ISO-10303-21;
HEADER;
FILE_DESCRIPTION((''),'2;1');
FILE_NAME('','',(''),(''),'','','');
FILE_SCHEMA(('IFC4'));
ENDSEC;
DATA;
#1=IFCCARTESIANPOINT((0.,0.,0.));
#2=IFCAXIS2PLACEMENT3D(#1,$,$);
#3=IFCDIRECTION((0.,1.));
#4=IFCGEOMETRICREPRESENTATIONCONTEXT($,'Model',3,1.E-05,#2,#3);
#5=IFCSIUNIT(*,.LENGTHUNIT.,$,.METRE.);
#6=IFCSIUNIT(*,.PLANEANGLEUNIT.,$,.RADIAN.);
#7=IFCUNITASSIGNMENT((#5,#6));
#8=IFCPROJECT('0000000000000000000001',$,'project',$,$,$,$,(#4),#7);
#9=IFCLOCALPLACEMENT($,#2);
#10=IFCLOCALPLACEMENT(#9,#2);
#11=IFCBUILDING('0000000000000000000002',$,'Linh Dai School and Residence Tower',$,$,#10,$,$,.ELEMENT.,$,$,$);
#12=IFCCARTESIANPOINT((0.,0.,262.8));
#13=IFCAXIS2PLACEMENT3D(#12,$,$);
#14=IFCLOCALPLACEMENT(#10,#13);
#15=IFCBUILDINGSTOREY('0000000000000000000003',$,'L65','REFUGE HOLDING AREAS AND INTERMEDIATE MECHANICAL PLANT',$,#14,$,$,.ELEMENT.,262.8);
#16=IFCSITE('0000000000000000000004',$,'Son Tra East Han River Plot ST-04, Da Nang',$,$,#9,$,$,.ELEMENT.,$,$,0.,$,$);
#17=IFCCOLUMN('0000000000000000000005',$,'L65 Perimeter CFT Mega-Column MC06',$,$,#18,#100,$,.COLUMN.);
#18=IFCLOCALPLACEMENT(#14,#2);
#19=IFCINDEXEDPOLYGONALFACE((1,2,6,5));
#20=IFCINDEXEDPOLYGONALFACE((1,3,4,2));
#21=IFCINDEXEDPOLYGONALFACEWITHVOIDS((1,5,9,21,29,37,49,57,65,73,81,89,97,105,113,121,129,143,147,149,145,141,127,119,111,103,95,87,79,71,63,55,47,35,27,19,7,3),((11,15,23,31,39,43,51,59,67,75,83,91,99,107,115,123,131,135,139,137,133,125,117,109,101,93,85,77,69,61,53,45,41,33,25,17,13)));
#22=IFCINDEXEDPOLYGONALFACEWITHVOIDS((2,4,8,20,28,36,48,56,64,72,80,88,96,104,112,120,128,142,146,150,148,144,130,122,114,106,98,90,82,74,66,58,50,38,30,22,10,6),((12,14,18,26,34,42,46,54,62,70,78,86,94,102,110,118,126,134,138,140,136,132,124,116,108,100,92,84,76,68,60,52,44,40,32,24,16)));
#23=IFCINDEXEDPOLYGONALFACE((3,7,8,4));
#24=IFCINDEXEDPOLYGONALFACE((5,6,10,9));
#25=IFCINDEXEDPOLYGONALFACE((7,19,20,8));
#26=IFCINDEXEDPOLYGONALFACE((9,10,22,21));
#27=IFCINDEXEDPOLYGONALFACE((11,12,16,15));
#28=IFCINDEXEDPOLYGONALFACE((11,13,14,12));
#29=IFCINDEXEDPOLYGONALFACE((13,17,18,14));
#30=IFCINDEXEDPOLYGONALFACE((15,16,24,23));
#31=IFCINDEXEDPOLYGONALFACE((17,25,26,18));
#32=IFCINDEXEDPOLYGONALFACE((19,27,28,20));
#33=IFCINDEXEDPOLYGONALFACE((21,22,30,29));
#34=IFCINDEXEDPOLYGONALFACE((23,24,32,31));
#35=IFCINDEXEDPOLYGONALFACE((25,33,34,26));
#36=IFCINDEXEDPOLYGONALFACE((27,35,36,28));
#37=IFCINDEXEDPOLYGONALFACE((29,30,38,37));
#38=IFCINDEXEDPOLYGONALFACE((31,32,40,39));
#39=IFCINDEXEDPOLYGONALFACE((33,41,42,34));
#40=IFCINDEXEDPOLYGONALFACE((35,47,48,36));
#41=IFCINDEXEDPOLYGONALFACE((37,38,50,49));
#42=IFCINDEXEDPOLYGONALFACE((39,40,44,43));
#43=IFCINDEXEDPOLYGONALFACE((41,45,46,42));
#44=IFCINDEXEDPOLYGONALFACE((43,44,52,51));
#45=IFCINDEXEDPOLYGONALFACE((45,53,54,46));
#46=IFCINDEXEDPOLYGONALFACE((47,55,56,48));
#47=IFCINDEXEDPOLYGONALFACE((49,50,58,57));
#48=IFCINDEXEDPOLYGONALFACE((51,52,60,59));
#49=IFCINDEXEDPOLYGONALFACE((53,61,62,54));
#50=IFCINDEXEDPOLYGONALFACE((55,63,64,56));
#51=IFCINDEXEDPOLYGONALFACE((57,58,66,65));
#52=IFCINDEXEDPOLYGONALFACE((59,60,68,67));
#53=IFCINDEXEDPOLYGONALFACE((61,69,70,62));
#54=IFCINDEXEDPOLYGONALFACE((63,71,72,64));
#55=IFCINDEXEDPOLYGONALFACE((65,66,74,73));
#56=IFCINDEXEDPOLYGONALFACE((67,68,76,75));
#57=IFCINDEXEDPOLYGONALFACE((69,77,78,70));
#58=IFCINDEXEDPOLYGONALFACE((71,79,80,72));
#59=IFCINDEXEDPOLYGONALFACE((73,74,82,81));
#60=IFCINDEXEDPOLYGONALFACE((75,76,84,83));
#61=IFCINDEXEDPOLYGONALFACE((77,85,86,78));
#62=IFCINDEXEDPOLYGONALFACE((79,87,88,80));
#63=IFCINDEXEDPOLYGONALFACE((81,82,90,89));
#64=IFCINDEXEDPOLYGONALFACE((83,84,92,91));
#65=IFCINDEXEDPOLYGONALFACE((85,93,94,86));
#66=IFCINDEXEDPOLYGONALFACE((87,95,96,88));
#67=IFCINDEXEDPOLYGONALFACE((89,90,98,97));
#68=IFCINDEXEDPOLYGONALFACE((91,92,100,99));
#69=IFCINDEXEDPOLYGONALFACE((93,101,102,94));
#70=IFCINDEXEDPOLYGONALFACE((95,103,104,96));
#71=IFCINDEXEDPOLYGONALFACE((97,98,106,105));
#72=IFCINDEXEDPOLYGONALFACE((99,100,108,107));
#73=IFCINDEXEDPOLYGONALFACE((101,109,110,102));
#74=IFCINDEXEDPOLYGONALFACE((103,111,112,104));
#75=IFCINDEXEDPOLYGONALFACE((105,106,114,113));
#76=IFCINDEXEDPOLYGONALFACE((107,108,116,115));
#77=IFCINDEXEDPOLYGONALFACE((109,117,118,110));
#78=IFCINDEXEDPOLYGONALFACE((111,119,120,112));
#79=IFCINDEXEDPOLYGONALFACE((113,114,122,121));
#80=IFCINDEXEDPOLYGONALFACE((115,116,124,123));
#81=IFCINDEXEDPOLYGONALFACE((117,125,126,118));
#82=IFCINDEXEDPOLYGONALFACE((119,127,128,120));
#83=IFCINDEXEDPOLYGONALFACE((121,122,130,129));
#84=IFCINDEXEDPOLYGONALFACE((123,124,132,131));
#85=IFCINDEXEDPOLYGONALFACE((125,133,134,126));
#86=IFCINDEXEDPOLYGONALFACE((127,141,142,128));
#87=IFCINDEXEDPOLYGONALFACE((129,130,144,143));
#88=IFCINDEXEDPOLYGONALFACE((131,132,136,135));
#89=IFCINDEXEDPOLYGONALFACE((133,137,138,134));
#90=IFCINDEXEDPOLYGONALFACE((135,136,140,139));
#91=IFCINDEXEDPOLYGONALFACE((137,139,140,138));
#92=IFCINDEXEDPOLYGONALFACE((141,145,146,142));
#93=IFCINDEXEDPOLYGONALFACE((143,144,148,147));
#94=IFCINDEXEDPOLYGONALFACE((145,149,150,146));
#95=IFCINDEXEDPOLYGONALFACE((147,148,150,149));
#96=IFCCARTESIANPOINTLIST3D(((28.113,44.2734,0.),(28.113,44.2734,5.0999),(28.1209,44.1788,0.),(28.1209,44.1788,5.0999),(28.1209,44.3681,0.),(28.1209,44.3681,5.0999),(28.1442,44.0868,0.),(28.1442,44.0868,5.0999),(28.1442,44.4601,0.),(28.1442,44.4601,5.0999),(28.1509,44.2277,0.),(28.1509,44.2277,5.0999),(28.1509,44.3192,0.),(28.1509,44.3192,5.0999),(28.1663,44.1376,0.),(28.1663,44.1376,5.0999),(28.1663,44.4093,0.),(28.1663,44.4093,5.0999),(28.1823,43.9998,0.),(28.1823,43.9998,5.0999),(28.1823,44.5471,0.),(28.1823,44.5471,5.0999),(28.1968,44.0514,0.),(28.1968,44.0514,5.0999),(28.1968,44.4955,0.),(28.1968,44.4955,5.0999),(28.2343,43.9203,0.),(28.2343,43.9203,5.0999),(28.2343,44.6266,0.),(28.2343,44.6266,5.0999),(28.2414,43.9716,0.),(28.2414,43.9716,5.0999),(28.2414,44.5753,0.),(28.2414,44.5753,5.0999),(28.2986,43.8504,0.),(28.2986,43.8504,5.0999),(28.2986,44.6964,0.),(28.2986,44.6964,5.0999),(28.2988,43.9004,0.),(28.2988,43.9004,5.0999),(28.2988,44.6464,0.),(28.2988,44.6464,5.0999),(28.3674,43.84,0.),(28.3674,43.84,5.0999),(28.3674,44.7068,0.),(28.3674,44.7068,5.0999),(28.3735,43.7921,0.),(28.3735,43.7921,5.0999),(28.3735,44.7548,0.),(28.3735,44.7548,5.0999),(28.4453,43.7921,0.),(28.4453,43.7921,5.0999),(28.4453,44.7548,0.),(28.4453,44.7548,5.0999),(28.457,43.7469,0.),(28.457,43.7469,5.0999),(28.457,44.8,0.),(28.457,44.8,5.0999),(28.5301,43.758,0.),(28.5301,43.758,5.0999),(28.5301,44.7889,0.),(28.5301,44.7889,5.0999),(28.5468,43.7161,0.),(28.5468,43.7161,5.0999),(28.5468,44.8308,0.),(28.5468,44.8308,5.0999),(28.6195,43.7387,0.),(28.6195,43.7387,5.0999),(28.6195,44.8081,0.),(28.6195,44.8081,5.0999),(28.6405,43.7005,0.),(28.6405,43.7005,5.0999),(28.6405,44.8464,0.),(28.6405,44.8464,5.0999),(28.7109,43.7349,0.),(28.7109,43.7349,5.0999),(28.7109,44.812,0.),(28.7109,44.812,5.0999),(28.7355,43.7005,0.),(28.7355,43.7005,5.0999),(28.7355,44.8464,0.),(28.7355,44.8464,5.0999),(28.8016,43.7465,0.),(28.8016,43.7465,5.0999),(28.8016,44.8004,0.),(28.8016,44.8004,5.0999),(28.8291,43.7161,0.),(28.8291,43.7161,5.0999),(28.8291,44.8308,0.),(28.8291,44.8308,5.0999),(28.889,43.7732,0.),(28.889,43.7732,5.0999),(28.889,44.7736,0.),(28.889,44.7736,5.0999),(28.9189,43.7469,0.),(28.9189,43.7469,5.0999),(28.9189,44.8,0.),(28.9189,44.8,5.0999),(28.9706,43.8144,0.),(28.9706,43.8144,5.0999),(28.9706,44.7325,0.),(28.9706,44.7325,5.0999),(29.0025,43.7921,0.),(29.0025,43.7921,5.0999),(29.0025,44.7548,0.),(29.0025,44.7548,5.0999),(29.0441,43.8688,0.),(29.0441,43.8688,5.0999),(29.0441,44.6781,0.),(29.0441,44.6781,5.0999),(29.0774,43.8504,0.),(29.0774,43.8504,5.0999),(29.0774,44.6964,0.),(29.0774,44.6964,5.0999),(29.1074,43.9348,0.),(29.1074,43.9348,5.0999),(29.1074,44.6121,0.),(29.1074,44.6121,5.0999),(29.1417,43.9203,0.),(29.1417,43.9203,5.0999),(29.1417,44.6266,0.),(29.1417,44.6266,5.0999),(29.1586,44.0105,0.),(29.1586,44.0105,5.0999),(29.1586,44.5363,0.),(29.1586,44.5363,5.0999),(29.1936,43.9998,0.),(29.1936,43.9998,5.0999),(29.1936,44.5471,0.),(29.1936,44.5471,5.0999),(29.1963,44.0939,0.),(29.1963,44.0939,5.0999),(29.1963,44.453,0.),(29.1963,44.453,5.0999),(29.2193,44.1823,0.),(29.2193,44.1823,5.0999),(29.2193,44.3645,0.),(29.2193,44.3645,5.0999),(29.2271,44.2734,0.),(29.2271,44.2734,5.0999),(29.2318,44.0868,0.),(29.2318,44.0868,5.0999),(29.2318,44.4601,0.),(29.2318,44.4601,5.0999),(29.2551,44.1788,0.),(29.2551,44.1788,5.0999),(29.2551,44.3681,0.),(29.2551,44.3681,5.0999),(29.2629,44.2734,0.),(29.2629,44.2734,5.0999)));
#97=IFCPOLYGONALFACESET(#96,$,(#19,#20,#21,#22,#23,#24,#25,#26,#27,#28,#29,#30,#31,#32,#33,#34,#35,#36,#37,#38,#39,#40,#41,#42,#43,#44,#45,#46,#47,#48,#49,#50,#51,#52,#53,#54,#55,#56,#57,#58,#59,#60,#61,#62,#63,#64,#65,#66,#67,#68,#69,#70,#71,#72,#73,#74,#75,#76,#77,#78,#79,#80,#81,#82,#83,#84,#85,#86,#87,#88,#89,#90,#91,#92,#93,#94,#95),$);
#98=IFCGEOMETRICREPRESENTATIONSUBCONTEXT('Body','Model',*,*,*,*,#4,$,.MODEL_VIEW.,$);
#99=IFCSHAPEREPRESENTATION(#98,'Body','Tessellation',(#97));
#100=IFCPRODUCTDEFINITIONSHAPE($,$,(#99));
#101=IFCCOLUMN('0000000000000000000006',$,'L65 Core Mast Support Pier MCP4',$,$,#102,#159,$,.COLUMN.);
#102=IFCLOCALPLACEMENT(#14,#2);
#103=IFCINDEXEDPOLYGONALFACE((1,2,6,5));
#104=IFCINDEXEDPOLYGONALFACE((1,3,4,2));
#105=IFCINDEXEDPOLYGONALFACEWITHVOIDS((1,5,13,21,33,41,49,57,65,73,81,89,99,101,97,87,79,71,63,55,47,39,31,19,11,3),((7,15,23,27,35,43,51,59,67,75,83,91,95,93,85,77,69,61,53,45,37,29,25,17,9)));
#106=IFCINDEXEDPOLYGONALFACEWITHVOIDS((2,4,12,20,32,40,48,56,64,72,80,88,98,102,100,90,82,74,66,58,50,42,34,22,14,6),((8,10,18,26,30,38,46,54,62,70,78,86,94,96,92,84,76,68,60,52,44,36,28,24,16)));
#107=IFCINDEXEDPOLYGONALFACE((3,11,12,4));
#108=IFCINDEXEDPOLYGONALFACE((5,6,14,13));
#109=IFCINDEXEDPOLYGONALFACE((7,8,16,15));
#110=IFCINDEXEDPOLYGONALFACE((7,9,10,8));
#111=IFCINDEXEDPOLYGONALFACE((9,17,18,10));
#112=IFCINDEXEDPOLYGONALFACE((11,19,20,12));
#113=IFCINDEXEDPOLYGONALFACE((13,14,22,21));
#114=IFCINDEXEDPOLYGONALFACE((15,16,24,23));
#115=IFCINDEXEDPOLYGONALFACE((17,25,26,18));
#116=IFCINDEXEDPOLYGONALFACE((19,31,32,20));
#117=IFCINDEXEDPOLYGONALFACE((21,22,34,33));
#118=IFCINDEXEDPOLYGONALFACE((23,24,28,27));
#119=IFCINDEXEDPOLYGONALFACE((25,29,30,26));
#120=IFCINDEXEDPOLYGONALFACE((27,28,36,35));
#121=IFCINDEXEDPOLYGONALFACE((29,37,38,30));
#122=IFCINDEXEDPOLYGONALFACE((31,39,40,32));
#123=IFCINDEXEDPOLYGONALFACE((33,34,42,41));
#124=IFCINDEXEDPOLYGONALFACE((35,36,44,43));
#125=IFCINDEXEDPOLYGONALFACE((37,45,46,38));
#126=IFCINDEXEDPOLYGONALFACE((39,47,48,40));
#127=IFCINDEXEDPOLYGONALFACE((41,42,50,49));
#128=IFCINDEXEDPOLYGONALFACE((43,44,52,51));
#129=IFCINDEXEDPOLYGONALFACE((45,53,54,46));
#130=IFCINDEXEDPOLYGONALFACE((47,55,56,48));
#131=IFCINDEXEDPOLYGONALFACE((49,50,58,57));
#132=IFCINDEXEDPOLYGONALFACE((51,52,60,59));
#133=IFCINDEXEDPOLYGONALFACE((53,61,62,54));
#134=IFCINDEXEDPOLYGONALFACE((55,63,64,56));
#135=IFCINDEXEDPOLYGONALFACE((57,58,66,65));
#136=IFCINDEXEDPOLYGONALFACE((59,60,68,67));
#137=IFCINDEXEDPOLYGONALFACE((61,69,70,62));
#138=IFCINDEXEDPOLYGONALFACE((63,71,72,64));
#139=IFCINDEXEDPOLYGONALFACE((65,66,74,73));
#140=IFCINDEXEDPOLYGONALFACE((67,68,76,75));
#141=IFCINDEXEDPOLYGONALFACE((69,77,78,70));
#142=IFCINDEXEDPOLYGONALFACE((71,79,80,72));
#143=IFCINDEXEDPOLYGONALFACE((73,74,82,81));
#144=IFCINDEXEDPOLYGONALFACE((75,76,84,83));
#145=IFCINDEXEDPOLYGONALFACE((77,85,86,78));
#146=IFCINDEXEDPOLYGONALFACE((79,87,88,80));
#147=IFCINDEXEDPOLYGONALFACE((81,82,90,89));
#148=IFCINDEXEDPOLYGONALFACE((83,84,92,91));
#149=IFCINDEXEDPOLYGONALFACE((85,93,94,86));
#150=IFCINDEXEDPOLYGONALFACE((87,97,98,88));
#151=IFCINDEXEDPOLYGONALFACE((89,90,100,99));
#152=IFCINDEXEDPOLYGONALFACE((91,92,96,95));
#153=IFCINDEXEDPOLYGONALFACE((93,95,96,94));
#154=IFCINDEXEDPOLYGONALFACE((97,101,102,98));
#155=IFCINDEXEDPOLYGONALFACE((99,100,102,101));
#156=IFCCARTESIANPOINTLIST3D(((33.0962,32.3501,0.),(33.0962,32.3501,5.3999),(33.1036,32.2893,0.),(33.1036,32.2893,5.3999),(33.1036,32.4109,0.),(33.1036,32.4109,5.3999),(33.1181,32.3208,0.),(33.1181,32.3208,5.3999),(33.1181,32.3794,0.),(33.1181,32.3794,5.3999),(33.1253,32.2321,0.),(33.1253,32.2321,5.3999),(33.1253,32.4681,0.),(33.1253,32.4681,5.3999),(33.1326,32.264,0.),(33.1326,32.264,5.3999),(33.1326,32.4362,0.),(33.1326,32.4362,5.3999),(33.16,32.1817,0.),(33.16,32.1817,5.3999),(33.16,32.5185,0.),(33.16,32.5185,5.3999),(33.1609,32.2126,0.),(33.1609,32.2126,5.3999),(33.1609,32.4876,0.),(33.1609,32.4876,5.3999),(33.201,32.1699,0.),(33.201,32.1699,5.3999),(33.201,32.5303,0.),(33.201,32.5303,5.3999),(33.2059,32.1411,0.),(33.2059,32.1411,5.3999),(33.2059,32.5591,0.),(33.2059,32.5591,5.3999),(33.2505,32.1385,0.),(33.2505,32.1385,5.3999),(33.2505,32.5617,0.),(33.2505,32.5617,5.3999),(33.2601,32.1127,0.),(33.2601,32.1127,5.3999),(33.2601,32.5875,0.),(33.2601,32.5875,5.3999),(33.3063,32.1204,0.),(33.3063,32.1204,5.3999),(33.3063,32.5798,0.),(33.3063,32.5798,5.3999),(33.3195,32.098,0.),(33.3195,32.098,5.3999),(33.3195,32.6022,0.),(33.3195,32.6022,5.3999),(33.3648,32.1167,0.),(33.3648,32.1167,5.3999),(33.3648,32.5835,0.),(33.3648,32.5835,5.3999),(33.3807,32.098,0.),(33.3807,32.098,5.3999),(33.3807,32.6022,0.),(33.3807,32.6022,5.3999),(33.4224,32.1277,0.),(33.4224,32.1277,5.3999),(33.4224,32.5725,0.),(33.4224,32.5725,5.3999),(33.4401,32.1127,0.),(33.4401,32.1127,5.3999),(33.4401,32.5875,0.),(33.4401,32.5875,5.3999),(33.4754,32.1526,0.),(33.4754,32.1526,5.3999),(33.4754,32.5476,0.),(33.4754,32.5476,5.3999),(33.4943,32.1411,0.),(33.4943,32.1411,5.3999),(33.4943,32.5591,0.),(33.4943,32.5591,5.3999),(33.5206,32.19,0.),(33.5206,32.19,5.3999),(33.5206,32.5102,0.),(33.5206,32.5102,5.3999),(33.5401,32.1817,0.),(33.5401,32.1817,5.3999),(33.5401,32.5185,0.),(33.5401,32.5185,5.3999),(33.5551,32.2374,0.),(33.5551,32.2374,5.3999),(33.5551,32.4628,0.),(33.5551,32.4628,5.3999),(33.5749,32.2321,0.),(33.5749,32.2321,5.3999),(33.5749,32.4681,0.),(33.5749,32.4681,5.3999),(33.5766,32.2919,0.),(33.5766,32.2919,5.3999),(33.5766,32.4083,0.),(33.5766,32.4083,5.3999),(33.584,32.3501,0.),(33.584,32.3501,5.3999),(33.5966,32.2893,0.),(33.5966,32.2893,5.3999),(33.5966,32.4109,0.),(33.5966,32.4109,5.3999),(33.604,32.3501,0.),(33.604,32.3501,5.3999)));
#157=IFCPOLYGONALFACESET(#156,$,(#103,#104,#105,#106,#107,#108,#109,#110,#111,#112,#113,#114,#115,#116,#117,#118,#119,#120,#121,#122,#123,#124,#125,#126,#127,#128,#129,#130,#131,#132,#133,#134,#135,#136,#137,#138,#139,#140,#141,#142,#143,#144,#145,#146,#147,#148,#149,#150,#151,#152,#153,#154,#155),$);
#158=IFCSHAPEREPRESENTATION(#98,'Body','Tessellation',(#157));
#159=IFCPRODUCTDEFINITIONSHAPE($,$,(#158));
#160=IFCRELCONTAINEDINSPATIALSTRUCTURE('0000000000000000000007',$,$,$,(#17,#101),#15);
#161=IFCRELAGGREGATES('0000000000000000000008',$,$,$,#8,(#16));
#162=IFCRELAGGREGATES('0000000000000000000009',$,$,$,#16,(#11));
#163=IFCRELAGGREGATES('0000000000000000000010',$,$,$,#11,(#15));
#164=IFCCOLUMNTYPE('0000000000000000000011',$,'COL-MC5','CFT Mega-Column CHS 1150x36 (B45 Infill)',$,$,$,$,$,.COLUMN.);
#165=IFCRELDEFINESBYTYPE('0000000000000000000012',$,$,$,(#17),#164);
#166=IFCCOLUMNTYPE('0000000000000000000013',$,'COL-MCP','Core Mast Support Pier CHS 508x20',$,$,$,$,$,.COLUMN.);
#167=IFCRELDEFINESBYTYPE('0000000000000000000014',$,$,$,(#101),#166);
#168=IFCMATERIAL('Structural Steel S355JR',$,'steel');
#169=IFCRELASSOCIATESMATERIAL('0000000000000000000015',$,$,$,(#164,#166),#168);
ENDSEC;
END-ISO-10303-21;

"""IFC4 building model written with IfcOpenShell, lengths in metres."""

from ifc_helpers import new_model, si_unit, direction, frame, origin, origin_2d, place, context, subcontext, project, spatial, hollow_circle, extrude, material, material_profile, profile_set, type_object, element, save


model = new_model("IFC4")

# Units and contexts
model_context = context("Model", 3, precision=1e-05, world=origin(), true_north=direction((0.0, 1.0)))
body_context = subcontext(model_context, "Body", "Model", "MODEL_VIEW")
ifc_project = project(units=[si_unit("LENGTHUNIT", "METRE"), si_unit("PLANEANGLEUNIT", "RADIAN")], contexts=[model_context])

# Site, building, storey
site_placement = place(None, origin())
site = spatial("IfcSite", under=ifc_project, at=site_placement, Name="Son Tra East Han River Plot ST-04, Da Nang", CompositionType="ELEMENT", RefElevation=0.0)
building_placement = place(site_placement, origin())
building = spatial("IfcBuilding", under=site, at=building_placement, Name="Linh Dai School and Residence Tower", CompositionType="ELEMENT")
storey_placement = place(building_placement, frame((0.0, 0.0, 262.8)))
storey = spatial("IfcBuildingStorey", under=building, at=storey_placement, Name="L65", Description="REFUGE HOLDING AREAS AND INTERMEDIATE MECHANICAL PLANT", CompositionType="ELEMENT", Elevation=262.8)

# Columns
ifc_material_1 = material(Name="Structural Steel S355JR", Category="steel")
ifc_material_profile_1 = material_profile(ifc_material_1, hollow_circle(Radius=0.575, WallThickness=0.0359, at=origin_2d()), Name="CHS 1150x36")
ifc_profile_set_1 = profile_set([ifc_material_profile_1], Name="Structural Steel S355JR")
column_type_1 = type_object("IfcColumnType", Name="COL-MC5", Description="CFT Mega-Column CHS 1150x36 (B45 Infill)", PredefinedType="COLUMN", material=ifc_profile_set_1)
column_1_placement = place(storey_placement, frame((28.688, 44.2734, 0.0), z_axis=(0.0, 0.0, 1.0), x_axis=(1.0, 0.0, 0.0)))
element("IfcColumn", 1, at=column_1_placement, inside=storey, type_object=column_type_1, Name="L65 Perimeter CFT Mega-Column MC06", PredefinedType="COLUMN", context=body_context, shape_type="SweptSolid", body=[
    extrude(hollow_circle(Radius=0.575, WallThickness=0.0359, at=origin_2d()), origin(), (0.0, 0.0, 1.0), 5.0999),
])
ifc_material_profile_2 = material_profile(ifc_material_1, hollow_circle(Radius=0.2539, WallThickness=0.02, at=origin_2d()), Name="CHS 508x20")
ifc_profile_set_2 = profile_set([ifc_material_profile_2], Name="Structural Steel S355JR")
column_type_2 = type_object("IfcColumnType", Name="COL-MCP", Description="Core Mast Support Pier CHS 508x20", PredefinedType="COLUMN", material=ifc_profile_set_2)
column_2_placement = place(storey_placement, frame((33.3501, 32.3501, 0.0), z_axis=(0.0, 0.0, 1.0), x_axis=(1.0, 0.0, 0.0)))
element("IfcColumn", 2, at=column_2_placement, inside=storey, type_object=column_type_2, Name="L65 Core Mast Support Pier MCP4", PredefinedType="COLUMN", context=body_context, shape_type="SweptSolid", body=[
    extrude(hollow_circle(Radius=0.2539, WallThickness=0.02, at=origin_2d()), origin(), (0.0, 0.0, 1.0), 5.3999),
])

save(model, "model.ifc")
